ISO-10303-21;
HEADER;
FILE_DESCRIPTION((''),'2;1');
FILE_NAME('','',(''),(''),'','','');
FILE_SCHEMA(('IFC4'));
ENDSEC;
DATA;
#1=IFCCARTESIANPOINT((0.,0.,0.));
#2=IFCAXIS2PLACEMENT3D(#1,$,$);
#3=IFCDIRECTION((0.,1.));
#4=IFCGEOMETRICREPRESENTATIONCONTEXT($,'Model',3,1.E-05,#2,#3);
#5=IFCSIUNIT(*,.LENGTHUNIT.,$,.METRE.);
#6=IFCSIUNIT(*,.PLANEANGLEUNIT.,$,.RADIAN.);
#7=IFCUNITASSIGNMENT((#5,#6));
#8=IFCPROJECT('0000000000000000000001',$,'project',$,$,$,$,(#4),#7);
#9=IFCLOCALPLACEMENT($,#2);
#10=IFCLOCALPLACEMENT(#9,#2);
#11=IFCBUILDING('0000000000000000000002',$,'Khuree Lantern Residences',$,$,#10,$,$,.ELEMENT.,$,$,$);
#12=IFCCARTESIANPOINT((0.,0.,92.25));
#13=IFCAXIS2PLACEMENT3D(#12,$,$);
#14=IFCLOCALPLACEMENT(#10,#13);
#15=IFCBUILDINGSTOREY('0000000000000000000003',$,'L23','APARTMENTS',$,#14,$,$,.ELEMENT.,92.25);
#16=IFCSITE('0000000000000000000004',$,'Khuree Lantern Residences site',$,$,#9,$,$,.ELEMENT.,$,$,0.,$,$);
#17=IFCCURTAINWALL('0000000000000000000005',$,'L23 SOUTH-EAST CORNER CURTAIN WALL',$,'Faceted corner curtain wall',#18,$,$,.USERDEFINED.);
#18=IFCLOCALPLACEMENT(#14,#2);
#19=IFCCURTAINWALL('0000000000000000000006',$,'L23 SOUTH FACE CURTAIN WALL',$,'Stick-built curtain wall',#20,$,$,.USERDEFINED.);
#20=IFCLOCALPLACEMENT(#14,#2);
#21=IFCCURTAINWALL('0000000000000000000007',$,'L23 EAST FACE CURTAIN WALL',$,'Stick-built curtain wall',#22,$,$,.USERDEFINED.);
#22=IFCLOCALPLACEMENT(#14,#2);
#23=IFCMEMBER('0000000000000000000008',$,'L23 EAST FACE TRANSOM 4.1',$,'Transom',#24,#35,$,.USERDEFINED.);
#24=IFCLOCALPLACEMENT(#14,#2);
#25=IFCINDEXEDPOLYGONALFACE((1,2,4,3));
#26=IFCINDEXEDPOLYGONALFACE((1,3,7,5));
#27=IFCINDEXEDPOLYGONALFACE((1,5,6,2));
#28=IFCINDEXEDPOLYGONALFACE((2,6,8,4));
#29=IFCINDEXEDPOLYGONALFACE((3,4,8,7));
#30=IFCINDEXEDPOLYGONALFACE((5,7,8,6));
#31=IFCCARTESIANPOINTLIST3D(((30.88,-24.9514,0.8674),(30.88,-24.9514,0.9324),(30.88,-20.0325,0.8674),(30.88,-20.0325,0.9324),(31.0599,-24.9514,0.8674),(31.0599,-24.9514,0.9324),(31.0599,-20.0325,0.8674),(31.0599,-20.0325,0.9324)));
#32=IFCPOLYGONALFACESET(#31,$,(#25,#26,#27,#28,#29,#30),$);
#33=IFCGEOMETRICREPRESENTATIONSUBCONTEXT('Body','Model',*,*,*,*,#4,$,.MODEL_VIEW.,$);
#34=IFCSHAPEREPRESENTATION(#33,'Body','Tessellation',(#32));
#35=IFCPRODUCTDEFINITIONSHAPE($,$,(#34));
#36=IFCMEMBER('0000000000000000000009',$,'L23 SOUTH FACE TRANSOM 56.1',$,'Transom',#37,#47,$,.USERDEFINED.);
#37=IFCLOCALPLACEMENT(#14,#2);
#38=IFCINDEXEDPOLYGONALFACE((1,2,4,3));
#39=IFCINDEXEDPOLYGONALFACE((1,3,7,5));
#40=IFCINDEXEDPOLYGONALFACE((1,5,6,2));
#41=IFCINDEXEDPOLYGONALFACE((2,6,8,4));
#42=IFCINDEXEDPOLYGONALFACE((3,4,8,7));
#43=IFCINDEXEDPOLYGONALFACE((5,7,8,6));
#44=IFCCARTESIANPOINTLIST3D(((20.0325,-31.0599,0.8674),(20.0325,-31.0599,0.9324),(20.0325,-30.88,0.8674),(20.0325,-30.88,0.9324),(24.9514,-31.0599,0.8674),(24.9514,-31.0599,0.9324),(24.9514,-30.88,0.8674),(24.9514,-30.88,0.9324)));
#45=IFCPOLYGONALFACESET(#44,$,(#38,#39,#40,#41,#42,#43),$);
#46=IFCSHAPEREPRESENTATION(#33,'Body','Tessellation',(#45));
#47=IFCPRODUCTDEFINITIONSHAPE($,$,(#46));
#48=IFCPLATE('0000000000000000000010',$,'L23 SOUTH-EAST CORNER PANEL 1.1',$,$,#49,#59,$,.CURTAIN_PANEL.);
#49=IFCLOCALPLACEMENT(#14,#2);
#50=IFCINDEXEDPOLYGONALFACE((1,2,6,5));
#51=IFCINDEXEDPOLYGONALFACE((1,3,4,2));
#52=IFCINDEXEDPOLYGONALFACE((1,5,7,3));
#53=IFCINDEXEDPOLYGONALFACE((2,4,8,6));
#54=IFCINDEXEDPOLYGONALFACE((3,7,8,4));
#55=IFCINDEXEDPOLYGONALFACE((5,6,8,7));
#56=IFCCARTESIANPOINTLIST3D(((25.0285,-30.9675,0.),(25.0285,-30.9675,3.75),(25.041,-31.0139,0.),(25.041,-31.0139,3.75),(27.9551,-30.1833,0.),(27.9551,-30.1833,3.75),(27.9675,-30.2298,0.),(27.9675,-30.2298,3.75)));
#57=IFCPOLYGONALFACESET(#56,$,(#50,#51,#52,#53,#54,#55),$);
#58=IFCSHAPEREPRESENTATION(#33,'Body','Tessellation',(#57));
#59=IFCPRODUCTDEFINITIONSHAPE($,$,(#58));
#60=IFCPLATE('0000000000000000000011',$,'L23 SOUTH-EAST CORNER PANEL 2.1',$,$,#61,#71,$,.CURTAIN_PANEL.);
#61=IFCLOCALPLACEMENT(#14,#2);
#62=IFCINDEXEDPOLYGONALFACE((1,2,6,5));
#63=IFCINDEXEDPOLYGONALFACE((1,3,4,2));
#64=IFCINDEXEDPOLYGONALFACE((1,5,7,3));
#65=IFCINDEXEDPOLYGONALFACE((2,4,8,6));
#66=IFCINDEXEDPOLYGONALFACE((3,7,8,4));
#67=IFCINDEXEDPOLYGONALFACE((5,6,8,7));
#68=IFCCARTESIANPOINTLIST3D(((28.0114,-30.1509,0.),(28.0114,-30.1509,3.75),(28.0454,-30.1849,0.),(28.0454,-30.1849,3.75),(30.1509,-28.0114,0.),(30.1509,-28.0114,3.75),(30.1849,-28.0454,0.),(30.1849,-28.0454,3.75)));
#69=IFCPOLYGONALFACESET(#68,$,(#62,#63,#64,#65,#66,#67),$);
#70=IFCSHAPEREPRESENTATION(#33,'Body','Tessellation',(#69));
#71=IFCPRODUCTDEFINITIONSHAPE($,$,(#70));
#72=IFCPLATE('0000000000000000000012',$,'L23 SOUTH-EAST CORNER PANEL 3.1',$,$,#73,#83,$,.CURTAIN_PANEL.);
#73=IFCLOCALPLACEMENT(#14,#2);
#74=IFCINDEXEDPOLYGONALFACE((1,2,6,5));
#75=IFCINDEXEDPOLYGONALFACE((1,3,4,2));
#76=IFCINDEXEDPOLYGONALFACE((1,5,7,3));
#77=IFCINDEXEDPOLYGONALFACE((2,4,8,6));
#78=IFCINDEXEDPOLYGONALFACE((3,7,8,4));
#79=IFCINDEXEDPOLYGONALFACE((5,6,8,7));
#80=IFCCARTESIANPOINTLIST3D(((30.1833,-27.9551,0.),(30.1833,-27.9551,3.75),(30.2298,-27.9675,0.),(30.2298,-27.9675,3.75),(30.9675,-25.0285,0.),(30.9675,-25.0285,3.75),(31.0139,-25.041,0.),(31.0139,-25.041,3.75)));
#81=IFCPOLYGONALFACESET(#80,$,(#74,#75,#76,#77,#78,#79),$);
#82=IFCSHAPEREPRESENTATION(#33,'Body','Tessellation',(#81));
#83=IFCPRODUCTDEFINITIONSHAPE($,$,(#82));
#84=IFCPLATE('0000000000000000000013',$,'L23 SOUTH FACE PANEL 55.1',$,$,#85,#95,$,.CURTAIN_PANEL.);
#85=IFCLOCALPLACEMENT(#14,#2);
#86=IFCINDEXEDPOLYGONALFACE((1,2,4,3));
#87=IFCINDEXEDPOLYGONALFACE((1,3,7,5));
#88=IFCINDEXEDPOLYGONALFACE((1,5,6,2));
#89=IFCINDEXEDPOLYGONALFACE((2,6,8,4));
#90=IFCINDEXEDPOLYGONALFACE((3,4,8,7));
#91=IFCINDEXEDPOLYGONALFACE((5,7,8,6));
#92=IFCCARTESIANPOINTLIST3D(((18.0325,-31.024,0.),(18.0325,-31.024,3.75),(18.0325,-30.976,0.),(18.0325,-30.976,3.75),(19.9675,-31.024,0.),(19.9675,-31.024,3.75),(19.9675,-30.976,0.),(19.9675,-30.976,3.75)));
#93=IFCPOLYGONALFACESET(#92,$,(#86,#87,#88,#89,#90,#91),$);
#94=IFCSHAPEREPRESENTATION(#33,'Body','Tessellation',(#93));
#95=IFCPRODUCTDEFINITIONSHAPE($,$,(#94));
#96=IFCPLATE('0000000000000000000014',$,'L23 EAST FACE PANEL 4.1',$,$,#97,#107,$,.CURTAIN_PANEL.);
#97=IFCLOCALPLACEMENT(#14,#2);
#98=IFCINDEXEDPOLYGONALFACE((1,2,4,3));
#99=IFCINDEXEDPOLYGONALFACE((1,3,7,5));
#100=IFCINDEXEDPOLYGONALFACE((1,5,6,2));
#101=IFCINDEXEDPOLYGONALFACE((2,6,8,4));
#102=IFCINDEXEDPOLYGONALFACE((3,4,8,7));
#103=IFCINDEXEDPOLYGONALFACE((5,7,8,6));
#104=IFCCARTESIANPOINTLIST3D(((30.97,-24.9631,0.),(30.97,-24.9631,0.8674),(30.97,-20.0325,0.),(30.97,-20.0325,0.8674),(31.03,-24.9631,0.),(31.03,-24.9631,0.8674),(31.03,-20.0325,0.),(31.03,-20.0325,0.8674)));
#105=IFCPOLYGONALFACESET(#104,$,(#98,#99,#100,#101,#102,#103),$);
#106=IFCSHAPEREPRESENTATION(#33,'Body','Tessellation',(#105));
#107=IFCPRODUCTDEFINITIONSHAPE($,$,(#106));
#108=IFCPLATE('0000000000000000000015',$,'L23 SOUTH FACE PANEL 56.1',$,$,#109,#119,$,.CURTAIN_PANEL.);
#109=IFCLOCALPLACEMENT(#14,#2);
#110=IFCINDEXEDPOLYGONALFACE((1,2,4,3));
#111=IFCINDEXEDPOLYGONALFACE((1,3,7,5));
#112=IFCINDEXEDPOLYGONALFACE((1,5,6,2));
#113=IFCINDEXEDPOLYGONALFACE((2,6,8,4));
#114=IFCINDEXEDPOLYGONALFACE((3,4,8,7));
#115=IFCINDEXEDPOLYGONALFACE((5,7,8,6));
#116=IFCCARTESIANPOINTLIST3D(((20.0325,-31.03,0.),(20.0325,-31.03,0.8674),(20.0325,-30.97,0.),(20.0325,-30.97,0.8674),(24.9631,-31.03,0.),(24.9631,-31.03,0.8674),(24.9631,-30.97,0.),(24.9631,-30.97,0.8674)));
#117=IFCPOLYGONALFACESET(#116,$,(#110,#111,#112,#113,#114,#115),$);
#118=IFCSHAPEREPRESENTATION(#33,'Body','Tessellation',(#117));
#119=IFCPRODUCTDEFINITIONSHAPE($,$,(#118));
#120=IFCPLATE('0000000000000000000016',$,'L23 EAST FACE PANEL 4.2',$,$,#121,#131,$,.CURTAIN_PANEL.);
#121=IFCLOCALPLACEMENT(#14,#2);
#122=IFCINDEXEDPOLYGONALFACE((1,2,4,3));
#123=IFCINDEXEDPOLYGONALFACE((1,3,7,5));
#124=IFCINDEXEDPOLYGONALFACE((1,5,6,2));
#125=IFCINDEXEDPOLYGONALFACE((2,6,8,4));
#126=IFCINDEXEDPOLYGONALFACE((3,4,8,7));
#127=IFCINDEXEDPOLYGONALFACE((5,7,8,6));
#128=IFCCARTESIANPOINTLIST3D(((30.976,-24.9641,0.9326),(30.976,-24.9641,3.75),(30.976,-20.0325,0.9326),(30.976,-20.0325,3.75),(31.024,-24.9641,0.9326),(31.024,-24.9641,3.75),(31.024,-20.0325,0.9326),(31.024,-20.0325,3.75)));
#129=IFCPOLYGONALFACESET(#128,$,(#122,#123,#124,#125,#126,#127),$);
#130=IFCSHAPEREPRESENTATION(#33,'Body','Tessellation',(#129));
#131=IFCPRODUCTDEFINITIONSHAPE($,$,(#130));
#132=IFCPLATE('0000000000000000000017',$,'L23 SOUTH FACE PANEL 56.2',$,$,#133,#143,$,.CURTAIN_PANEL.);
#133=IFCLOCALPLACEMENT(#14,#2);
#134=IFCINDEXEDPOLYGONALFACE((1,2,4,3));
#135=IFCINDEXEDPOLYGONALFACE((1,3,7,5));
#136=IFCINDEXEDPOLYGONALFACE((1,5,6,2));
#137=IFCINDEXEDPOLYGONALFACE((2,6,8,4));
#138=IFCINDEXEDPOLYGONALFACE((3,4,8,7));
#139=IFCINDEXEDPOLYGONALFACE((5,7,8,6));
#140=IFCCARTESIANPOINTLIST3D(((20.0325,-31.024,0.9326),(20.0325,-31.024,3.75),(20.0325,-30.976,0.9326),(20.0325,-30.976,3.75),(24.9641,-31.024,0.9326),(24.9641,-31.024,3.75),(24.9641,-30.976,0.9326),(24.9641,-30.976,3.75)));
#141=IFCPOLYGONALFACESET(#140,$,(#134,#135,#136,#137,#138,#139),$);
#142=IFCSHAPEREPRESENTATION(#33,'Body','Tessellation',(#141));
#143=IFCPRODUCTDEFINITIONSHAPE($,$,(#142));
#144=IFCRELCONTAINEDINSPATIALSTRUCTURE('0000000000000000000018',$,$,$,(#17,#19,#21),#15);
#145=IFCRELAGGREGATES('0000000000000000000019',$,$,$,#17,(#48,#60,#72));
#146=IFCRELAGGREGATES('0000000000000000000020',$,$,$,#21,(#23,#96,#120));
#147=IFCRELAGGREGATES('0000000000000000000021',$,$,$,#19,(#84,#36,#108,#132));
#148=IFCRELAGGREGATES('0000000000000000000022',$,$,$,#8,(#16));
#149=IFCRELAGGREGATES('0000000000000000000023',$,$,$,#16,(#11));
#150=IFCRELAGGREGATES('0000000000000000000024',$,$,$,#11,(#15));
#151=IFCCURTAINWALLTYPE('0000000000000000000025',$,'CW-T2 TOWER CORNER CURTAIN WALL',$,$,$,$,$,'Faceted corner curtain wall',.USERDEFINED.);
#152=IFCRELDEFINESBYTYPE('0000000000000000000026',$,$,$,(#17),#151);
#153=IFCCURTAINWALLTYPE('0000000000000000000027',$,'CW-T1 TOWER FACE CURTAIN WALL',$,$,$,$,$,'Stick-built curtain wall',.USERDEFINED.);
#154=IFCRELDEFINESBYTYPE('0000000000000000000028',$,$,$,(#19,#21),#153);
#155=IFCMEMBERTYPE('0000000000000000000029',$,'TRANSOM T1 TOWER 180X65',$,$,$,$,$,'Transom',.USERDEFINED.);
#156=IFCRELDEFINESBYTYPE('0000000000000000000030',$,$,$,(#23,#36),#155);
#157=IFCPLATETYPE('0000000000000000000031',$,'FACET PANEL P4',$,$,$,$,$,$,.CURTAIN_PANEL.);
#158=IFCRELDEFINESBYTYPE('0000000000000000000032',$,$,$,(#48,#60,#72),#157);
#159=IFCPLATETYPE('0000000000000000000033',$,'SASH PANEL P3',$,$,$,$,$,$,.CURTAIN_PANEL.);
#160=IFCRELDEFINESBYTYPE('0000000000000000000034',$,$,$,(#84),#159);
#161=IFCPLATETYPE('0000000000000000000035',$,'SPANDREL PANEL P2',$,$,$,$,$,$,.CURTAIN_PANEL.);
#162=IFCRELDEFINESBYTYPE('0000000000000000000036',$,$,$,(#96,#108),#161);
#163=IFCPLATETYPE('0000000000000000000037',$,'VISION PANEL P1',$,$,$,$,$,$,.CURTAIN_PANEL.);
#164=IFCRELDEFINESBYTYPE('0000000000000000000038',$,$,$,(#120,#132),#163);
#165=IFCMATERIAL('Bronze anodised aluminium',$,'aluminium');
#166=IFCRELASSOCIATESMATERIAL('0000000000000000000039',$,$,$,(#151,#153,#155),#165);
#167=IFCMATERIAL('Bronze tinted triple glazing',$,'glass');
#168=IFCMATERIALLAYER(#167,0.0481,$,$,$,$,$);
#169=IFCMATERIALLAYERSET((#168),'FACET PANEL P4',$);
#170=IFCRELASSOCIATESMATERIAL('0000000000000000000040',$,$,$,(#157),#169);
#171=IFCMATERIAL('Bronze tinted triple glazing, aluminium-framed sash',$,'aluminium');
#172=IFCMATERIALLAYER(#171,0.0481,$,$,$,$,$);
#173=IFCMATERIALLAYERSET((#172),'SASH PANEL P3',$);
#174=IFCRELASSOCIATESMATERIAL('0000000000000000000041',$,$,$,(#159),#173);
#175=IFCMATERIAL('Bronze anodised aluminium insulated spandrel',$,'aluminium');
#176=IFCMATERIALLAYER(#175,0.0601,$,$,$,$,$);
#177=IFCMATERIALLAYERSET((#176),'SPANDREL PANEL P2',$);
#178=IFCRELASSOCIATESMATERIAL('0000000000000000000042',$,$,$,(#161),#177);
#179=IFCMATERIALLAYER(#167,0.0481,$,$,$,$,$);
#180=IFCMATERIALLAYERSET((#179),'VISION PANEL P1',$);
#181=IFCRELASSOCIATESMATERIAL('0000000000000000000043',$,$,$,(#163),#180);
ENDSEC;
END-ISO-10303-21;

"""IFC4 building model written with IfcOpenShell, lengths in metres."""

from ifc_helpers import new_model, si_unit, direction, frame, origin, origin_2d, place, context, subcontext, project, spatial, rectangle, extrude, material, layer, layer_set, material_profile, profile_set, type_object, element, aggregate, save


model = new_model("IFC4")

# Units and contexts
model_context = context("Model", 3, precision=1e-05, world=origin(), true_north=direction((0.0, 1.0)))
body_context = subcontext(model_context, "Body", "Model", "MODEL_VIEW")
ifc_project = project(units=[si_unit("LENGTHUNIT", "METRE"), si_unit("PLANEANGLEUNIT", "RADIAN")], contexts=[model_context])

# Site, building, storey
site_placement = place(None, origin())
site = spatial("IfcSite", under=ifc_project, at=site_placement, Name="Khuree Lantern Residences site", CompositionType="ELEMENT", RefElevation=0.0)
building_placement = place(site_placement, origin())
building = spatial("IfcBuilding", under=site, at=building_placement, Name="Khuree Lantern Residences", CompositionType="ELEMENT")
storey_placement = place(building_placement, frame((0.0, 0.0, 92.25)))
storey = spatial("IfcBuildingStorey", under=building, at=storey_placement, Name="L23", Description="APARTMENTS", CompositionType="ELEMENT", Elevation=92.25)

# Curtain walls
ifc_material_1 = material(Name="Bronze anodised aluminium", Category="aluminium")
curtain_wall_type_1 = type_object("IfcCurtainWallType", Name="CW-T2 TOWER CORNER CURTAIN WALL", ElementType="Faceted corner curtain wall", PredefinedType="USERDEFINED", material=ifc_material_1)
curtain_wall_1_placement = place(storey_placement, origin())
curtain_wall_1 = element("IfcCurtainWall", 1, at=curtain_wall_1_placement, inside=storey, type_object=curtain_wall_type_1, Name="L23 SOUTH-EAST CORNER CURTAIN WALL", ObjectType="Faceted corner curtain wall", PredefinedType="USERDEFINED")
curtain_wall_type_2 = type_object("IfcCurtainWallType", Name="CW-T1 TOWER FACE CURTAIN WALL", ElementType="Stick-built curtain wall", PredefinedType="USERDEFINED", material=ifc_material_1)
curtain_wall_2_placement = place(storey_placement, origin())
curtain_wall_2 = element("IfcCurtainWall", 2, at=curtain_wall_2_placement, inside=storey, type_object=curtain_wall_type_2, Name="L23 SOUTH FACE CURTAIN WALL", ObjectType="Stick-built curtain wall", PredefinedType="USERDEFINED")

# Curtain wall, member
curtain_wall_3_placement = place(storey_placement, origin())
curtain_wall_3 = element("IfcCurtainWall", 3, at=curtain_wall_3_placement, inside=storey, type_object=curtain_wall_type_2, Name="L23 EAST FACE CURTAIN WALL", ObjectType="Stick-built curtain wall", PredefinedType="USERDEFINED")
ifc_material_profile_1 = material_profile(ifc_material_1, rectangle(XDim=0.1799, YDim=0.0649, at=origin_2d()), Name="T1 180X65")
ifc_profile_set_1 = profile_set([ifc_material_profile_1], Name="Bronze anodised aluminium")
member_type_1 = type_object("IfcMemberType", Name="TRANSOM T1 TOWER 180X65", ElementType="Transom", PredefinedType="USERDEFINED", material=ifc_profile_set_1)
member_1_placement = place(storey_placement, frame((30.97, -24.9514, 0.8999), z_axis=(0.0, 1.0, 0.0), x_axis=(-1.0, 0.0, 0.0)))
member_1 = element("IfcMember", 4, at=member_1_placement, type_object=member_type_1, Name="L23 EAST FACE TRANSOM 4.1", ObjectType="Transom", PredefinedType="USERDEFINED", context=body_context, shape_type="SweptSolid", body=[
    extrude(rectangle(XDim=0.1799, YDim=0.0649, at=origin_2d()), origin(), (0.0, 0.0, 1.0), 4.9189),
])

# Member
member_2_placement = place(storey_placement, frame((20.0325, -30.97, 0.8999), z_axis=(1.0, 0.0, 0.0), x_axis=(0.0, 1.0, 0.0)))
member_2 = element("IfcMember", 5, at=member_2_placement, type_object=member_type_1, Name="L23 SOUTH FACE TRANSOM 56.1", ObjectType="Transom", PredefinedType="USERDEFINED", context=body_context, shape_type="SweptSolid", body=[
    extrude(rectangle(XDim=0.1799, YDim=0.0649, at=origin_2d()), origin(), (0.0, 0.0, 1.0), 4.9189),
])

# Plates
ifc_material_2 = material(Name="Bronze tinted triple glazing", Category="glass")
ifc_layer_1 = layer(ifc_material_2, 0.0481)
ifc_layer_set_1 = layer_set([ifc_layer_1], Name="FACET PANEL P4")
plate_type_1 = type_object("IfcPlateType", Name="FACET PANEL P4", PredefinedType="CURTAIN_PANEL", material=ifc_layer_set_1)
plate_1_placement = place(storey_placement, frame((26.498, -30.5986, 0.0), z_axis=(0.0, 0.0, 1.0), x_axis=(0.965926, 0.258819, 0.0)))
plate_1 = element("IfcPlate", 6, at=plate_1_placement, type_object=plate_type_1, Name="L23 SOUTH-EAST CORNER PANEL 1.1", PredefinedType="CURTAIN_PANEL", context=body_context, shape_type="SweptSolid", body=[
    extrude(rectangle(XDim=3.0298, YDim=0.0481, at=origin_2d()), origin(), (0.0, 0.0, 1.0), 3.75),
])
plate_2_placement = place(storey_placement, frame((29.0981, -29.0981, 0.0), z_axis=(0.0, 0.0, 1.0), x_axis=(0.707107, 0.707107, 0.0)))
plate_2 = element("IfcPlate", 7, at=plate_2_placement, type_object=plate_type_1, Name="L23 SOUTH-EAST CORNER PANEL 2.1", PredefinedType="CURTAIN_PANEL", context=body_context, shape_type="SweptSolid", body=[
    extrude(rectangle(XDim=3.0256, YDim=0.0481, at=origin_2d()), origin(), (0.0, 0.0, 1.0), 3.75),
])
plate_3_placement = place(storey_placement, frame((30.5986, -26.498, 0.0), z_axis=(0.0, 0.0, 1.0), x_axis=(0.258819, 0.965926, 0.0)))
plate_3 = element("IfcPlate", 8, at=plate_3_placement, type_object=plate_type_1, Name="L23 SOUTH-EAST CORNER PANEL 3.1", PredefinedType="CURTAIN_PANEL", context=body_context, shape_type="SweptSolid", body=[
    extrude(rectangle(XDim=3.0298, YDim=0.0481, at=origin_2d()), origin(), (0.0, 0.0, 1.0), 3.75),
])
aggregate(curtain_wall_1, [plate_1, plate_2, plate_3])
ifc_material_3 = material(Name="Bronze tinted triple glazing, aluminium-framed sash", Category="aluminium")
ifc_layer_2 = layer(ifc_material_3, 0.0481)
ifc_layer_set_2 = layer_set([ifc_layer_2], Name="SASH PANEL P3")
plate_type_2 = type_object("IfcPlateType", Name="SASH PANEL P3", PredefinedType="CURTAIN_PANEL", material=ifc_layer_set_2)
plate_4_placement = place(storey_placement, frame((19.0, -31.0, 0.0), z_axis=(0.0, 0.0, 1.0), x_axis=(1.0, 0.0, 0.0)))
plate_4 = element("IfcPlate", 9, at=plate_4_placement, type_object=plate_type_2, Name="L23 SOUTH FACE PANEL 55.1", PredefinedType="CURTAIN_PANEL", context=body_context, shape_type="SweptSolid", body=[
    extrude(rectangle(XDim=1.9351, YDim=0.0481, at=origin_2d()), origin(), (0.0, 0.0, 1.0), 3.75),
])
ifc_material_4 = material(Name="Bronze anodised aluminium insulated spandrel", Category="aluminium")
ifc_layer_3 = layer(ifc_material_4, 0.0601)
ifc_layer_set_3 = layer_set([ifc_layer_3], Name="SPANDREL PANEL P2")
plate_type_3 = type_object("IfcPlateType", Name="SPANDREL PANEL P2", PredefinedType="CURTAIN_PANEL", material=ifc_layer_set_3)
plate_5_placement = place(storey_placement, frame((31.0, -22.4978, 0.0), z_axis=(0.0, 0.0, 1.0), x_axis=(0.0, 1.0, 0.0)))
plate_5 = element("IfcPlate", 10, at=plate_5_placement, type_object=plate_type_3, Name="L23 EAST FACE PANEL 4.1", PredefinedType="CURTAIN_PANEL", context=body_context, shape_type="SweptSolid", body=[
    extrude(rectangle(XDim=4.9307, YDim=0.0601, at=origin_2d()), origin(), (0.0, 0.0, 1.0), 0.8674),
])
plate_6_placement = place(storey_placement, frame((22.4978, -31.0, 0.0), z_axis=(0.0, 0.0, 1.0), x_axis=(1.0, 0.0, 0.0)))
plate_6 = element("IfcPlate", 11, at=plate_6_placement, type_object=plate_type_3, Name="L23 SOUTH FACE PANEL 56.1", PredefinedType="CURTAIN_PANEL", context=body_context, shape_type="SweptSolid", body=[
    extrude(rectangle(XDim=4.9307, YDim=0.0601, at=origin_2d()), origin(), (0.0, 0.0, 1.0), 0.8674),
])
ifc_layer_4 = layer(ifc_material_2, 0.0481)
ifc_layer_set_4 = layer_set([ifc_layer_4], Name="VISION PANEL P1")
plate_type_4 = type_object("IfcPlateType", Name="VISION PANEL P1", PredefinedType="CURTAIN_PANEL", material=ifc_layer_set_4)
plate_7_placement = place(storey_placement, frame((31.0, -22.4983, 0.9326), z_axis=(0.0, 0.0, 1.0), x_axis=(0.0, 1.0, 0.0)))
plate_7 = element("IfcPlate", 12, at=plate_7_placement, type_object=plate_type_4, Name="L23 EAST FACE PANEL 4.2", PredefinedType="CURTAIN_PANEL", context=body_context, shape_type="SweptSolid", body=[
    extrude(rectangle(XDim=4.9316, YDim=0.0481, at=origin_2d()), origin(), (0.0, 0.0, 1.0), 2.8174),
])
aggregate(curtain_wall_3, [member_1, plate_5, plate_7])
plate_8_placement = place(storey_placement, frame((22.4983, -31.0, 0.9326), z_axis=(0.0, 0.0, 1.0), x_axis=(1.0, 0.0, 0.0)))
plate_8 = element("IfcPlate", 13, at=plate_8_placement, type_object=plate_type_4, Name="L23 SOUTH FACE PANEL 56.2", PredefinedType="CURTAIN_PANEL", context=body_context, shape_type="SweptSolid", body=[
    extrude(rectangle(XDim=4.9316, YDim=0.0481, at=origin_2d()), origin(), (0.0, 0.0, 1.0), 2.8174),
])
aggregate(curtain_wall_2, [plate_4, member_2, plate_6, plate_8])

save(model, "model.ifc")
